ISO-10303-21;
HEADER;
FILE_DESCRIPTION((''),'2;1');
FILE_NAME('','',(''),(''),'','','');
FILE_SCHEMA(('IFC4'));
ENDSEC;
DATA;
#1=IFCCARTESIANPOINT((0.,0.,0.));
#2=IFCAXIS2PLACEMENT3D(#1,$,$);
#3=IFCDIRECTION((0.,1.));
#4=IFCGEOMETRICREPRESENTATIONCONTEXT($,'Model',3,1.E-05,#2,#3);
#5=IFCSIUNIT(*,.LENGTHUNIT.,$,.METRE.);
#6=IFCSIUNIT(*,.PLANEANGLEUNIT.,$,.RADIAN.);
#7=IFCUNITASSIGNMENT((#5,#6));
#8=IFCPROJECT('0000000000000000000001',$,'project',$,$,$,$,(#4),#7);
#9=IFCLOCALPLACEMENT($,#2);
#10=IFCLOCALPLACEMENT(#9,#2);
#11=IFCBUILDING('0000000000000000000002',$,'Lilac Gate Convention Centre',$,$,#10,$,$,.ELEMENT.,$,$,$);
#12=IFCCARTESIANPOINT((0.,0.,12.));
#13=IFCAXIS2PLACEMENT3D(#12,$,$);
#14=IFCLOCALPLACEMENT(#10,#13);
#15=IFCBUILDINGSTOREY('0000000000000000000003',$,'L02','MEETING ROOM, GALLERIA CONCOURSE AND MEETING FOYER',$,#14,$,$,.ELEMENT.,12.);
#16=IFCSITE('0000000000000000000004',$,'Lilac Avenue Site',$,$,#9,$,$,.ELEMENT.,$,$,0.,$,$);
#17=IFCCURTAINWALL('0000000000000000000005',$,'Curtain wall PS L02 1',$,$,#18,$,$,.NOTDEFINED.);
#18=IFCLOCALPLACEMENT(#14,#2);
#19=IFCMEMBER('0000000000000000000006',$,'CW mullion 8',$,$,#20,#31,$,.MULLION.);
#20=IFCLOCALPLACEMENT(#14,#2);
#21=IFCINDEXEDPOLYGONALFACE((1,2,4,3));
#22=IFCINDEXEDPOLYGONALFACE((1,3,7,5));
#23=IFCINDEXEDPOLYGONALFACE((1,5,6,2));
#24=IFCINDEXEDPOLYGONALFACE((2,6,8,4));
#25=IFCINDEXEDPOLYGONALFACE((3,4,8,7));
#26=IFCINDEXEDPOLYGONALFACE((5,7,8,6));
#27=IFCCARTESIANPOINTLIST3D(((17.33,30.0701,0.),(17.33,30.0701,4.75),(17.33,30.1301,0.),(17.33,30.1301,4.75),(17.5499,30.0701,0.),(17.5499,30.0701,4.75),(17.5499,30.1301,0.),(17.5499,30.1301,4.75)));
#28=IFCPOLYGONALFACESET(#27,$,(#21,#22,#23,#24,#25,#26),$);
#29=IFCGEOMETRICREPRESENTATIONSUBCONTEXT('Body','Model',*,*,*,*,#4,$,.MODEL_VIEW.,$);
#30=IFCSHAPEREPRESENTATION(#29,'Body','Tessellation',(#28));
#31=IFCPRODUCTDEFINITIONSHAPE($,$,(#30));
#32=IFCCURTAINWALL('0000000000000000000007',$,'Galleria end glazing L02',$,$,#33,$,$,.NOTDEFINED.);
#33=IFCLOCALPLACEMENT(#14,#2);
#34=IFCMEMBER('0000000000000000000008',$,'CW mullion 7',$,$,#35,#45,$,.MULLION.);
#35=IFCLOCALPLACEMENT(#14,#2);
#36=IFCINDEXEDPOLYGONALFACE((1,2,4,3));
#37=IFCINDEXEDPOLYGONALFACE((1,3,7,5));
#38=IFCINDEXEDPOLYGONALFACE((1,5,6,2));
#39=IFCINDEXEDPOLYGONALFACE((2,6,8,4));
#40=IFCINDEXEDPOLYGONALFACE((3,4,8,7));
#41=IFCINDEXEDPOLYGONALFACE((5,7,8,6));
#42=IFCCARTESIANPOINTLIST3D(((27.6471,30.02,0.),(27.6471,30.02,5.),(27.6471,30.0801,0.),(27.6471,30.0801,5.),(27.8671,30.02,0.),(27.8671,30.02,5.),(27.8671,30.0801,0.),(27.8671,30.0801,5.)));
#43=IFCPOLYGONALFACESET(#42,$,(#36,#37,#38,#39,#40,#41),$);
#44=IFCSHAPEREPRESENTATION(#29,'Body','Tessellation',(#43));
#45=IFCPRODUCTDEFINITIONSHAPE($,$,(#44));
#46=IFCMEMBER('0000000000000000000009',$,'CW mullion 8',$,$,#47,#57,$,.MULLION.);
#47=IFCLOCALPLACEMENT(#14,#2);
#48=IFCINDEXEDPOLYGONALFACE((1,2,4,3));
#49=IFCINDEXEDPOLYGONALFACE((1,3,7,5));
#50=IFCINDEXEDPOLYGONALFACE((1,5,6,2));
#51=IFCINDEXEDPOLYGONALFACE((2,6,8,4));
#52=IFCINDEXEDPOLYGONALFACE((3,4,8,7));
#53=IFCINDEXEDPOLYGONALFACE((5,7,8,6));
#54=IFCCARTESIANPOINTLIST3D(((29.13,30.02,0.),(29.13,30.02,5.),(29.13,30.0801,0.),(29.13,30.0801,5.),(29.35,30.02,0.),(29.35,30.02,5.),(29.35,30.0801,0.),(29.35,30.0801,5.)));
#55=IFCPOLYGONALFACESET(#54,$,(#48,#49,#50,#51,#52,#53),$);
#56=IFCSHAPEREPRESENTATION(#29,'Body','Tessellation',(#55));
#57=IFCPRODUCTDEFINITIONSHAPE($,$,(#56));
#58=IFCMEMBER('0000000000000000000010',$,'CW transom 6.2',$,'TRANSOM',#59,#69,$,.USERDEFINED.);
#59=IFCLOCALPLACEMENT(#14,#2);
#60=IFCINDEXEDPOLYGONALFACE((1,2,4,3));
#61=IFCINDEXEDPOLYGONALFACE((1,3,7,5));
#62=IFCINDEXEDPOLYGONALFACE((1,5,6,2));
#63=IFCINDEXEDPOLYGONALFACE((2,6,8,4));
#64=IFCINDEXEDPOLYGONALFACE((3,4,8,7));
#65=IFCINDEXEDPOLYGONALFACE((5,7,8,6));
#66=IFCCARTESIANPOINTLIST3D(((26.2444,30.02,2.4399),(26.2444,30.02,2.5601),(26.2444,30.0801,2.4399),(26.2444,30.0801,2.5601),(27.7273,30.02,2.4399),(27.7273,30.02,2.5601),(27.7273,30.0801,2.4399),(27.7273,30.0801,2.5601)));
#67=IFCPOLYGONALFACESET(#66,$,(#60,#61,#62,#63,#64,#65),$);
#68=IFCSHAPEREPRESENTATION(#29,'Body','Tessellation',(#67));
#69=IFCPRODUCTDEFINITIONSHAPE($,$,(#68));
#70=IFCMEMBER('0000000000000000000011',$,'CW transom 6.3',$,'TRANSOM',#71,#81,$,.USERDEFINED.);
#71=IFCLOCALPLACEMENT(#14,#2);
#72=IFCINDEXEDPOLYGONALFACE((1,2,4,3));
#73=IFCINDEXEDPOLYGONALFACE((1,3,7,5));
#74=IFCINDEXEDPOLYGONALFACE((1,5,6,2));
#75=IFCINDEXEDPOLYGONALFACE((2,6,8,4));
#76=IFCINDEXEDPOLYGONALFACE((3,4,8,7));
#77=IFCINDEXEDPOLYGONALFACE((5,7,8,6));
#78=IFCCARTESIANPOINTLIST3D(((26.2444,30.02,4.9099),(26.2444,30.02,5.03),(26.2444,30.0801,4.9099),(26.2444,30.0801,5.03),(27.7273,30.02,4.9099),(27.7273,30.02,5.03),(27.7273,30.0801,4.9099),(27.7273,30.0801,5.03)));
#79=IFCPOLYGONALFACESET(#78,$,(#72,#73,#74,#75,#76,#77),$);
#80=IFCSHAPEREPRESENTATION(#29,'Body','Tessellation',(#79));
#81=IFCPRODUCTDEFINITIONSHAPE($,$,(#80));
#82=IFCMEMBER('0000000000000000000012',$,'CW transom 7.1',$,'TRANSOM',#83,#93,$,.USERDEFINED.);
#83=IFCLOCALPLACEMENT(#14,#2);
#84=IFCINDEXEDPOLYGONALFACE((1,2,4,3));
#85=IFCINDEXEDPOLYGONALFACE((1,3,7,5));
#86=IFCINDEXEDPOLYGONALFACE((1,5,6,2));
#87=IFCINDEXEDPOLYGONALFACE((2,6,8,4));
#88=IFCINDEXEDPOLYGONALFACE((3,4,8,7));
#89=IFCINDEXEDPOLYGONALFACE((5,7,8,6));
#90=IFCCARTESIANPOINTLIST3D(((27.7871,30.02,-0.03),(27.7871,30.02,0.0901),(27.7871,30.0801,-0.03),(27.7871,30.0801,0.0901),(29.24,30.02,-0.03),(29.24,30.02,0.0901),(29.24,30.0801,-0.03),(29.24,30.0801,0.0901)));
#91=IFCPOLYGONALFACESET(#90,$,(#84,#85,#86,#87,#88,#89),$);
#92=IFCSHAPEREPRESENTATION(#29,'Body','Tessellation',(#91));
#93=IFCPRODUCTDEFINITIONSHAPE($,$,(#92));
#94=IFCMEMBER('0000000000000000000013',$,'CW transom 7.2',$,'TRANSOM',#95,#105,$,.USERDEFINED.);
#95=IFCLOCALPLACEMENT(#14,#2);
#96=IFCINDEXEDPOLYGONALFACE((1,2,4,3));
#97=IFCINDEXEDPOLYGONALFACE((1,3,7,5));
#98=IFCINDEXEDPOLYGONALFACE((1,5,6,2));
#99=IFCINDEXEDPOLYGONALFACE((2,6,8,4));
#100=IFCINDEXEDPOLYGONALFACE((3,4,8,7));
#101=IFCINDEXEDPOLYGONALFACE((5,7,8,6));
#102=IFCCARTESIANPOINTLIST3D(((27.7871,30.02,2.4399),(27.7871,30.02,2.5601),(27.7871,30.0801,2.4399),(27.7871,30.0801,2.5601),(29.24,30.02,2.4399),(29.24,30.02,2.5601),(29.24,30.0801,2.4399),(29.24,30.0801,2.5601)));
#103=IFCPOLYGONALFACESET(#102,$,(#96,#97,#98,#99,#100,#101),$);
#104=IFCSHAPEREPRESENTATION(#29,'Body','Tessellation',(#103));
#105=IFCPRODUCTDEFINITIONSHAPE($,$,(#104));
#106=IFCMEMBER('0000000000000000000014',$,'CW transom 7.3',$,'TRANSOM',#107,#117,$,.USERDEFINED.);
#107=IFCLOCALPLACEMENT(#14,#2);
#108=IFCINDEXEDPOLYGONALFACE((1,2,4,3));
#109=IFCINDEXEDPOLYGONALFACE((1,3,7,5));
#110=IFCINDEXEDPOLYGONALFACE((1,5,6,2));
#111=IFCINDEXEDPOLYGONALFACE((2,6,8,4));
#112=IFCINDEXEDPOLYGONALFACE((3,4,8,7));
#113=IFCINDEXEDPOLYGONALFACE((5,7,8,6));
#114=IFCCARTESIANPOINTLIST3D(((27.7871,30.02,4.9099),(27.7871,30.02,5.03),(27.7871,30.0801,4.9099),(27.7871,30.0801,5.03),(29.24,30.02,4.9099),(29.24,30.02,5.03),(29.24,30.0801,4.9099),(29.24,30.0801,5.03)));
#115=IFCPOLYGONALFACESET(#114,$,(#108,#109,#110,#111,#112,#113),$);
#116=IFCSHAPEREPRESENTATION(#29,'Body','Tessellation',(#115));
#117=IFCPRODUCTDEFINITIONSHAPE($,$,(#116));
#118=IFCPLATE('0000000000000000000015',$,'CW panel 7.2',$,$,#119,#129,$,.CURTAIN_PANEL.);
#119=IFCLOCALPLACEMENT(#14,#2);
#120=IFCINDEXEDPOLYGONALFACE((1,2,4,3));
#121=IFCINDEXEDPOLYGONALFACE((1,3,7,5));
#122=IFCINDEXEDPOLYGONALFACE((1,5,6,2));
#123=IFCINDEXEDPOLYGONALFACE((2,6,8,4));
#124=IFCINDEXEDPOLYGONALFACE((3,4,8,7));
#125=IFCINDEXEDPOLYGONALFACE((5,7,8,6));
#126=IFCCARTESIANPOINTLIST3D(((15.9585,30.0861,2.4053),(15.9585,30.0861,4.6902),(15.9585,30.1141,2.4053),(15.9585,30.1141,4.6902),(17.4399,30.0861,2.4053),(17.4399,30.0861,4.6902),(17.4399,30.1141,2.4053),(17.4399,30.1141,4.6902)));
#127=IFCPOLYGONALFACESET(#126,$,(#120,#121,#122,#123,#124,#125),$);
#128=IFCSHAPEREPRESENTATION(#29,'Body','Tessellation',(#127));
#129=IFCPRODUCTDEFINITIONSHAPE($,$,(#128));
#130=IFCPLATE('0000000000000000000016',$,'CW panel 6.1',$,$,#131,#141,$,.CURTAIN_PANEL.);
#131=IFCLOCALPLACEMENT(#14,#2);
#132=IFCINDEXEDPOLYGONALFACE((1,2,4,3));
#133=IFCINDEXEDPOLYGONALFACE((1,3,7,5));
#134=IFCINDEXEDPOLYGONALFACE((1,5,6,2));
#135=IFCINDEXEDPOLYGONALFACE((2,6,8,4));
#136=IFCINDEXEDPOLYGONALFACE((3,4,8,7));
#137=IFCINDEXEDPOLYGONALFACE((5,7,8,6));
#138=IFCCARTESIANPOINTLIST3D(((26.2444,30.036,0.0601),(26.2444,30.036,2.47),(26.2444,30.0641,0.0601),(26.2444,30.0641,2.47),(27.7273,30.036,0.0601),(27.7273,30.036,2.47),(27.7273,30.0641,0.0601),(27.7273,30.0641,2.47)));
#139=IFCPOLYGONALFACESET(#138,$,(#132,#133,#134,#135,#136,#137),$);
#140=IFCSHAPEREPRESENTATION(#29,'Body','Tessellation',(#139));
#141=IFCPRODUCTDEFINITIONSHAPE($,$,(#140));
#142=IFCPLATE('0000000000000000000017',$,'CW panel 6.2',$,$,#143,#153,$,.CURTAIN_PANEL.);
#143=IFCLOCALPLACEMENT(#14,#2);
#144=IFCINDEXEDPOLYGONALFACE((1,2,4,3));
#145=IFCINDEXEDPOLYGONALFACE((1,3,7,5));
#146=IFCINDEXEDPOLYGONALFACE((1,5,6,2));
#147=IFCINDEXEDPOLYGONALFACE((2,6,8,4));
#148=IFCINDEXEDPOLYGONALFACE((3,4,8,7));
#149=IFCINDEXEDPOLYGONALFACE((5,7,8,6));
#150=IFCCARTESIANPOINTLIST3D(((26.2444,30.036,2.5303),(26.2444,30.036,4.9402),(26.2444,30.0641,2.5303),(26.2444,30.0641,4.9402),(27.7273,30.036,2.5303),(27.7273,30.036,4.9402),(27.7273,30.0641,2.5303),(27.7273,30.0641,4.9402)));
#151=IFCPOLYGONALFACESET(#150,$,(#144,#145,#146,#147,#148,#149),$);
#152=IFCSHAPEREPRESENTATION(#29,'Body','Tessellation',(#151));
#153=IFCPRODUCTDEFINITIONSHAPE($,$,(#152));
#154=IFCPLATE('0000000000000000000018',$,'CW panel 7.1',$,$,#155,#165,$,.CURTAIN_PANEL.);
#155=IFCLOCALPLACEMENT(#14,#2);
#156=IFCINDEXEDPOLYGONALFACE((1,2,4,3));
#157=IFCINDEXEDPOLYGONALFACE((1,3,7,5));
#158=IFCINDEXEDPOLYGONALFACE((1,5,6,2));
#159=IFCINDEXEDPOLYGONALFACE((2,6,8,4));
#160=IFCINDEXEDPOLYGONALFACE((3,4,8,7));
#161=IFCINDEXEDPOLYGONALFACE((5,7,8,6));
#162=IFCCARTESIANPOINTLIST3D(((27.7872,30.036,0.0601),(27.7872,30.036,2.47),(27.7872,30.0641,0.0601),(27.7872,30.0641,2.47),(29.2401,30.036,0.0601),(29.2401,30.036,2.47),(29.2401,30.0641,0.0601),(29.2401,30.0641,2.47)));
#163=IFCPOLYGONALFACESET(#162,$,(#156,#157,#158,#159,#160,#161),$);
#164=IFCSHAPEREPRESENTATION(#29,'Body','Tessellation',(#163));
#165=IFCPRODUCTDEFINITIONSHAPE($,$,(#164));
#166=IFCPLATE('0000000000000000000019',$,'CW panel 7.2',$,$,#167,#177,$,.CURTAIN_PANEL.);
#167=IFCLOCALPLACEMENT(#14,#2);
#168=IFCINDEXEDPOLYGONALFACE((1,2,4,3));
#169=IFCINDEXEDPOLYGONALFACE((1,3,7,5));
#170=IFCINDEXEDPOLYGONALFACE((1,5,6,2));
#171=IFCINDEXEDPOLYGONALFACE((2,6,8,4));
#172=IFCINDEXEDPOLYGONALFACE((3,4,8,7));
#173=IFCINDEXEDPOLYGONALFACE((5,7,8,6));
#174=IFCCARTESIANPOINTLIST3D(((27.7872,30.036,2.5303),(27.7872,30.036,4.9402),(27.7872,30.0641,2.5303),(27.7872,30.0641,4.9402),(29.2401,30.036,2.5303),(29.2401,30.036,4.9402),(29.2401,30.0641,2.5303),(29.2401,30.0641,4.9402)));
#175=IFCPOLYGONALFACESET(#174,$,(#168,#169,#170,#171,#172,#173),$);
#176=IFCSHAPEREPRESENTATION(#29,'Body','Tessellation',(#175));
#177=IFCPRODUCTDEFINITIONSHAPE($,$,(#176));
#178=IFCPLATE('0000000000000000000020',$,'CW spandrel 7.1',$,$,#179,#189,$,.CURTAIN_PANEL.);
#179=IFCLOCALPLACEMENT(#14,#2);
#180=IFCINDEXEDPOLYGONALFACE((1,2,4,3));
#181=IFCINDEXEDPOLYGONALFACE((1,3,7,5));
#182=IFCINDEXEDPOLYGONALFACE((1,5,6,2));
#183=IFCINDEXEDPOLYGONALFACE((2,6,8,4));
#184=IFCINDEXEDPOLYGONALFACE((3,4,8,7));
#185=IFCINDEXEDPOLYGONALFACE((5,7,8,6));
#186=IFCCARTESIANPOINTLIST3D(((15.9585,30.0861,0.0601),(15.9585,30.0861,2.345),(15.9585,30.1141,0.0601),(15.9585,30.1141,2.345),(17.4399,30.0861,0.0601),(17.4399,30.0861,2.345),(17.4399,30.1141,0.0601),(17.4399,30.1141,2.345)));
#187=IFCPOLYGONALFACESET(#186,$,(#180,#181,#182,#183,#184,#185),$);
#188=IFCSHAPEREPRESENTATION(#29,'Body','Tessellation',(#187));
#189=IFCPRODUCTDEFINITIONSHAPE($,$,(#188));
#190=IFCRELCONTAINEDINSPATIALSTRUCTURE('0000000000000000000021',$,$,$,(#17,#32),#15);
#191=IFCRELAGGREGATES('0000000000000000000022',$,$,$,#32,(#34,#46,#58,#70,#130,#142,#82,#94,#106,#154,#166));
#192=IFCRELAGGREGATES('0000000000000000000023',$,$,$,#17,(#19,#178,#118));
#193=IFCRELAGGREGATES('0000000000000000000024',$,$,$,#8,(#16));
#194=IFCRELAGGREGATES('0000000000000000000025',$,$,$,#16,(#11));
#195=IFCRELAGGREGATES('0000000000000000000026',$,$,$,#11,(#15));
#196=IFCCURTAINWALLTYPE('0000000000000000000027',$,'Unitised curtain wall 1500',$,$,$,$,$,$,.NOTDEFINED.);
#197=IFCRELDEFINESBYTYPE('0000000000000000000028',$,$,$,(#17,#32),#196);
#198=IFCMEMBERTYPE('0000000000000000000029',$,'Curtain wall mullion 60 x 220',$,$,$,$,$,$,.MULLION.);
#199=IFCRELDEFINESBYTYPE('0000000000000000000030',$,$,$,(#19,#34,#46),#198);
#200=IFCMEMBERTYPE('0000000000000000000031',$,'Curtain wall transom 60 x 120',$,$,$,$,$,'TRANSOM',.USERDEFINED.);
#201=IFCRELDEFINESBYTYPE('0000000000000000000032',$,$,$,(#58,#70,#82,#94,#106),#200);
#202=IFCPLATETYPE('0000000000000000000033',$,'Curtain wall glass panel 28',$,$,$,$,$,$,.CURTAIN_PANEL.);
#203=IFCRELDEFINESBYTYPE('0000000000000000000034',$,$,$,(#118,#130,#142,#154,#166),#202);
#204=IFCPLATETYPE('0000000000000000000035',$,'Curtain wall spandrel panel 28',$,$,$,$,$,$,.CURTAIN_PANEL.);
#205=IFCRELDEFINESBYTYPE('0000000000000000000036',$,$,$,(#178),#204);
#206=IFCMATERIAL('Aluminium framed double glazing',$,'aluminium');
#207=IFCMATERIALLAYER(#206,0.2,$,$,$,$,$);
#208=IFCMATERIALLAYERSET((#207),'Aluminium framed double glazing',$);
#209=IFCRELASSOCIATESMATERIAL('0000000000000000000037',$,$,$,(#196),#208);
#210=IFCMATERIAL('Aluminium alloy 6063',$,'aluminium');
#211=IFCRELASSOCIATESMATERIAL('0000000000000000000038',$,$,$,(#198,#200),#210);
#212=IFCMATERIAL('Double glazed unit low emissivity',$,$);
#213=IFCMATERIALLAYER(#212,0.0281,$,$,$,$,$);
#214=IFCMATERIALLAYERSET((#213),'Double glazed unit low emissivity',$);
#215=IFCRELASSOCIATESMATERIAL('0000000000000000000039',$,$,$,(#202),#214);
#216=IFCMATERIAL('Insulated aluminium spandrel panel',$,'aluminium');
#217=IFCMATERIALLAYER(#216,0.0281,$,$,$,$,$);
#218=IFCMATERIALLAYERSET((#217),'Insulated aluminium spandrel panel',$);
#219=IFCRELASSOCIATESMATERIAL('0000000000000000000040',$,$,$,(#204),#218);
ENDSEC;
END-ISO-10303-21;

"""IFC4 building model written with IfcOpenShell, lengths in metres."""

from ifc_helpers import new_model, si_unit, direction, frame, origin, origin_2d, place, context, subcontext, project, spatial, rectangle, extrude, material, layer, layer_set, material_profile, profile_set, type_object, element, aggregate, save


model = new_model("IFC4")

# Units and contexts
model_context = context("Model", 3, precision=1e-05, world=origin(), true_north=direction((0.0, 1.0)))
body_context = subcontext(model_context, "Body", "Model", "MODEL_VIEW")
ifc_project = project(units=[si_unit("LENGTHUNIT", "METRE"), si_unit("PLANEANGLEUNIT", "RADIAN")], contexts=[model_context])

# Site, building, storey
site_placement = place(None, origin())
site = spatial("IfcSite", under=ifc_project, at=site_placement, Name="Lilac Avenue Site", CompositionType="ELEMENT", RefElevation=0.0)
building_placement = place(site_placement, origin())
building = spatial("IfcBuilding", under=site, at=building_placement, Name="Lilac Gate Convention Centre", CompositionType="ELEMENT")
storey_placement = place(building_placement, frame((0.0, 0.0, 12.0)))
storey = spatial("IfcBuildingStorey", under=building, at=storey_placement, Name="L02", Description="MEETING ROOM, GALLERIA CONCOURSE AND MEETING FOYER", CompositionType="ELEMENT", Elevation=12.0)

# Curtain wall, member
ifc_material_1 = material(Name="Aluminium framed double glazing", Category="aluminium")
ifc_layer_1 = layer(ifc_material_1, 0.2)
ifc_layer_set_1 = layer_set([ifc_layer_1], Name="Aluminium framed double glazing")
curtain_wall_type = type_object("IfcCurtainWallType", Name="Unitised curtain wall 1500", PredefinedType="NOTDEFINED", material=ifc_layer_set_1)
curtain_wall_1_placement = place(storey_placement, origin())
curtain_wall_1 = element("IfcCurtainWall", 1, at=curtain_wall_1_placement, inside=storey, type_object=curtain_wall_type, Name="Curtain wall PS L02 1", PredefinedType="NOTDEFINED")
ifc_material_2 = material(Name="Aluminium alloy 6063", Category="aluminium")
ifc_material_profile_1 = material_profile(ifc_material_2, rectangle(XDim=0.0601, YDim=0.22, at=origin_2d()), Name="Curtain wall mullion 60 x 220")
ifc_profile_set_1 = profile_set([ifc_material_profile_1], Name="Aluminium alloy 6063")
member_type_1 = type_object("IfcMemberType", Name="Curtain wall mullion 60 x 220", PredefinedType="MULLION", material=ifc_profile_set_1)
member_1_placement = place(storey_placement, frame((17.4399, 30.1001, 0.0), z_axis=(0.0, 0.0, 1.0), x_axis=(0.0, 1.0, 0.0)))
member_1 = element("IfcMember", 2, at=member_1_placement, type_object=member_type_1, Name="CW mullion 8", PredefinedType="MULLION", context=body_context, shape_type="SweptSolid", body=[
    extrude(rectangle(XDim=0.0601, YDim=0.22, at=origin_2d()), origin(), (0.0, 0.0, 1.0), 4.75),
])

# Curtain wall, members
curtain_wall_2_placement = place(storey_placement, origin())
curtain_wall_2 = element("IfcCurtainWall", 3, at=curtain_wall_2_placement, inside=storey, type_object=curtain_wall_type, Name="Galleria end glazing L02", PredefinedType="NOTDEFINED")
member_2_placement = place(storey_placement, frame((27.7571, 30.05, 0.0), z_axis=(0.0, 0.0, 1.0), x_axis=(0.0, 1.0, 0.0)))
member_2 = element("IfcMember", 4, at=member_2_placement, type_object=member_type_1, Name="CW mullion 7", PredefinedType="MULLION", context=body_context, shape_type="SweptSolid", body=[
    extrude(rectangle(XDim=0.0601, YDim=0.22, at=origin_2d()), origin(), (0.0, 0.0, 1.0), 5.0),
])
member_3_placement = place(storey_placement, frame((29.24, 30.05, 0.0), z_axis=(0.0, 0.0, 1.0), x_axis=(0.0, 1.0, 0.0)))
member_3 = element("IfcMember", 5, at=member_3_placement, type_object=member_type_1, Name="CW mullion 8", PredefinedType="MULLION", context=body_context, shape_type="SweptSolid", body=[
    extrude(rectangle(XDim=0.0601, YDim=0.22, at=origin_2d()), origin(), (0.0, 0.0, 1.0), 5.0),
])
ifc_material_profile_2 = material_profile(ifc_material_2, rectangle(XDim=0.0601, YDim=0.1201, at=origin_2d()), Name="Curtain wall transom 60 x 120")
ifc_profile_set_2 = profile_set([ifc_material_profile_2], Name="Aluminium alloy 6063")
member_type_2 = type_object("IfcMemberType", Name="Curtain wall transom 60 x 120", ElementType="TRANSOM", PredefinedType="USERDEFINED", material=ifc_profile_set_2)
member_4_placement = place(storey_placement, frame((26.2444, 30.05, 2.5), z_axis=(1.0, 0.0, 0.0), x_axis=(0.0, 1.0, 0.0)))
member_4 = element("IfcMember", 6, at=member_4_placement, type_object=member_type_2, Name="CW transom 6.2", ObjectType="TRANSOM", PredefinedType="USERDEFINED", context=body_context, shape_type="SweptSolid", body=[
    extrude(rectangle(XDim=0.0601, YDim=0.1201, at=origin_2d()), origin(), (0.0, 0.0, 1.0), 1.4829),
])
member_5_placement = place(storey_placement, frame((26.2444, 30.05, 4.97), z_axis=(1.0, 0.0, 0.0), x_axis=(0.0, 1.0, 0.0)))
member_5 = element("IfcMember", 7, at=member_5_placement, type_object=member_type_2, Name="CW transom 6.3", ObjectType="TRANSOM", PredefinedType="USERDEFINED", context=body_context, shape_type="SweptSolid", body=[
    extrude(rectangle(XDim=0.0601, YDim=0.1201, at=origin_2d()), origin(), (0.0, 0.0, 1.0), 1.4829),
])
member_6_placement = place(storey_placement, frame((27.7871, 30.05, 0.03), z_axis=(1.0, 0.0, 0.0), x_axis=(0.0, 1.0, 0.0)))
member_6 = element("IfcMember", 8, at=member_6_placement, type_object=member_type_2, Name="CW transom 7.1", ObjectType="TRANSOM", PredefinedType="USERDEFINED", context=body_context, shape_type="SweptSolid", body=[
    extrude(rectangle(XDim=0.0601, YDim=0.1201, at=origin_2d()), origin(), (0.0, 0.0, 1.0), 1.4529),
])
member_7_placement = place(storey_placement, frame((27.7871, 30.05, 2.5), z_axis=(1.0, 0.0, 0.0), x_axis=(0.0, 1.0, 0.0)))
member_7 = element("IfcMember", 9, at=member_7_placement, type_object=member_type_2, Name="CW transom 7.2", ObjectType="TRANSOM", PredefinedType="USERDEFINED", context=body_context, shape_type="SweptSolid", body=[
    extrude(rectangle(XDim=0.0601, YDim=0.1201, at=origin_2d()), origin(), (0.0, 0.0, 1.0), 1.4529),
])
member_8_placement = place(storey_placement, frame((27.7871, 30.05, 4.97), z_axis=(1.0, 0.0, 0.0), x_axis=(0.0, 1.0, 0.0)))
member_8 = element("IfcMember", 10, at=member_8_placement, type_object=member_type_2, Name="CW transom 7.3", ObjectType="TRANSOM", PredefinedType="USERDEFINED", context=body_context, shape_type="SweptSolid", body=[
    extrude(rectangle(XDim=0.0601, YDim=0.1201, at=origin_2d()), origin(), (0.0, 0.0, 1.0), 1.4529),
])

# Plates
ifc_material_3 = material(Name="Double glazed unit low emissivity")
ifc_layer_2 = layer(ifc_material_3, 0.0281)
ifc_layer_set_2 = layer_set([ifc_layer_2], Name="Double glazed unit low emissivity")
plate_type_1 = type_object("IfcPlateType", Name="Curtain wall glass panel 28", PredefinedType="CURTAIN_PANEL", material=ifc_layer_set_2)
plate_1_placement = place(storey_placement, frame((16.6992, 30.1001, 2.4053), z_axis=(0.0, 0.0, 1.0), x_axis=(1.0, 0.0, 0.0)))
plate_1 = element("IfcPlate", 11, at=plate_1_placement, type_object=plate_type_1, Name="CW panel 7.2", PredefinedType="CURTAIN_PANEL", context=body_context, shape_type="SweptSolid", body=[
    extrude(rectangle(XDim=1.4814, YDim=0.0281, at=origin_2d()), origin(), (0.0, 0.0, 1.0), 2.2849),
])
plate_2_placement = place(storey_placement, frame((26.9858, 30.05, 0.0601), z_axis=(0.0, 0.0, 1.0), x_axis=(1.0, 0.0, 0.0)))
plate_2 = element("IfcPlate", 12, at=plate_2_placement, type_object=plate_type_1, Name="CW panel 6.1", PredefinedType="CURTAIN_PANEL", context=body_context, shape_type="SweptSolid", body=[
    extrude(rectangle(XDim=1.4829, YDim=0.0281, at=origin_2d()), origin(), (0.0, 0.0, 1.0), 2.4099),
])
plate_3_placement = place(storey_placement, frame((26.9858, 30.05, 2.5303), z_axis=(0.0, 0.0, 1.0), x_axis=(1.0, 0.0, 0.0)))
plate_3 = element("IfcPlate", 13, at=plate_3_placement, type_object=plate_type_1, Name="CW panel 6.2", PredefinedType="CURTAIN_PANEL", context=body_context, shape_type="SweptSolid", body=[
    extrude(rectangle(XDim=1.4829, YDim=0.0281, at=origin_2d()), origin(), (0.0, 0.0, 1.0), 2.4099),
])
plate_4_placement = place(storey_placement, frame((28.5137, 30.05, 0.0601), z_axis=(0.0, 0.0, 1.0), x_axis=(1.0, 0.0, 0.0)))
plate_4 = element("IfcPlate", 14, at=plate_4_placement, type_object=plate_type_1, Name="CW panel 7.1", PredefinedType="CURTAIN_PANEL", context=body_context, shape_type="SweptSolid", body=[
    extrude(rectangle(XDim=1.4529, YDim=0.0281, at=origin_2d()), origin(), (0.0, 0.0, 1.0), 2.4099),
])
plate_5_placement = place(storey_placement, frame((28.5137, 30.05, 2.5303), z_axis=(0.0, 0.0, 1.0), x_axis=(1.0, 0.0, 0.0)))
plate_5 = element("IfcPlate", 15, at=plate_5_placement, type_object=plate_type_1, Name="CW panel 7.2", PredefinedType="CURTAIN_PANEL", context=body_context, shape_type="SweptSolid", body=[
    extrude(rectangle(XDim=1.4529, YDim=0.0281, at=origin_2d()), origin(), (0.0, 0.0, 1.0), 2.4099),
])
aggregate(curtain_wall_2, [member_2, member_3, member_4, member_5, plate_2, plate_3, member_6, member_7, member_8, plate_4, plate_5])
ifc_material_4 = material(Name="Insulated aluminium spandrel panel", Category="aluminium")
ifc_layer_3 = layer(ifc_material_4, 0.0281)
ifc_layer_set_3 = layer_set([ifc_layer_3], Name="Insulated aluminium spandrel panel")
plate_type_2 = type_object("IfcPlateType", Name="Curtain wall spandrel panel 28", PredefinedType="CURTAIN_PANEL", material=ifc_layer_set_3)
plate_6_placement = place(storey_placement, frame((16.6992, 30.1001, 0.0601), z_axis=(0.0, 0.0, 1.0), x_axis=(1.0, 0.0, 0.0)))
plate_6 = element("IfcPlate", 16, at=plate_6_placement, type_object=plate_type_2, Name="CW spandrel 7.1", PredefinedType="CURTAIN_PANEL", context=body_context, shape_type="SweptSolid", body=[
    extrude(rectangle(XDim=1.4814, YDim=0.0281, at=origin_2d()), origin(), (0.0, 0.0, 1.0), 2.2849),
])
aggregate(curtain_wall_1, [member_1, plate_6, plate_1])

save(model, "model.ifc")
